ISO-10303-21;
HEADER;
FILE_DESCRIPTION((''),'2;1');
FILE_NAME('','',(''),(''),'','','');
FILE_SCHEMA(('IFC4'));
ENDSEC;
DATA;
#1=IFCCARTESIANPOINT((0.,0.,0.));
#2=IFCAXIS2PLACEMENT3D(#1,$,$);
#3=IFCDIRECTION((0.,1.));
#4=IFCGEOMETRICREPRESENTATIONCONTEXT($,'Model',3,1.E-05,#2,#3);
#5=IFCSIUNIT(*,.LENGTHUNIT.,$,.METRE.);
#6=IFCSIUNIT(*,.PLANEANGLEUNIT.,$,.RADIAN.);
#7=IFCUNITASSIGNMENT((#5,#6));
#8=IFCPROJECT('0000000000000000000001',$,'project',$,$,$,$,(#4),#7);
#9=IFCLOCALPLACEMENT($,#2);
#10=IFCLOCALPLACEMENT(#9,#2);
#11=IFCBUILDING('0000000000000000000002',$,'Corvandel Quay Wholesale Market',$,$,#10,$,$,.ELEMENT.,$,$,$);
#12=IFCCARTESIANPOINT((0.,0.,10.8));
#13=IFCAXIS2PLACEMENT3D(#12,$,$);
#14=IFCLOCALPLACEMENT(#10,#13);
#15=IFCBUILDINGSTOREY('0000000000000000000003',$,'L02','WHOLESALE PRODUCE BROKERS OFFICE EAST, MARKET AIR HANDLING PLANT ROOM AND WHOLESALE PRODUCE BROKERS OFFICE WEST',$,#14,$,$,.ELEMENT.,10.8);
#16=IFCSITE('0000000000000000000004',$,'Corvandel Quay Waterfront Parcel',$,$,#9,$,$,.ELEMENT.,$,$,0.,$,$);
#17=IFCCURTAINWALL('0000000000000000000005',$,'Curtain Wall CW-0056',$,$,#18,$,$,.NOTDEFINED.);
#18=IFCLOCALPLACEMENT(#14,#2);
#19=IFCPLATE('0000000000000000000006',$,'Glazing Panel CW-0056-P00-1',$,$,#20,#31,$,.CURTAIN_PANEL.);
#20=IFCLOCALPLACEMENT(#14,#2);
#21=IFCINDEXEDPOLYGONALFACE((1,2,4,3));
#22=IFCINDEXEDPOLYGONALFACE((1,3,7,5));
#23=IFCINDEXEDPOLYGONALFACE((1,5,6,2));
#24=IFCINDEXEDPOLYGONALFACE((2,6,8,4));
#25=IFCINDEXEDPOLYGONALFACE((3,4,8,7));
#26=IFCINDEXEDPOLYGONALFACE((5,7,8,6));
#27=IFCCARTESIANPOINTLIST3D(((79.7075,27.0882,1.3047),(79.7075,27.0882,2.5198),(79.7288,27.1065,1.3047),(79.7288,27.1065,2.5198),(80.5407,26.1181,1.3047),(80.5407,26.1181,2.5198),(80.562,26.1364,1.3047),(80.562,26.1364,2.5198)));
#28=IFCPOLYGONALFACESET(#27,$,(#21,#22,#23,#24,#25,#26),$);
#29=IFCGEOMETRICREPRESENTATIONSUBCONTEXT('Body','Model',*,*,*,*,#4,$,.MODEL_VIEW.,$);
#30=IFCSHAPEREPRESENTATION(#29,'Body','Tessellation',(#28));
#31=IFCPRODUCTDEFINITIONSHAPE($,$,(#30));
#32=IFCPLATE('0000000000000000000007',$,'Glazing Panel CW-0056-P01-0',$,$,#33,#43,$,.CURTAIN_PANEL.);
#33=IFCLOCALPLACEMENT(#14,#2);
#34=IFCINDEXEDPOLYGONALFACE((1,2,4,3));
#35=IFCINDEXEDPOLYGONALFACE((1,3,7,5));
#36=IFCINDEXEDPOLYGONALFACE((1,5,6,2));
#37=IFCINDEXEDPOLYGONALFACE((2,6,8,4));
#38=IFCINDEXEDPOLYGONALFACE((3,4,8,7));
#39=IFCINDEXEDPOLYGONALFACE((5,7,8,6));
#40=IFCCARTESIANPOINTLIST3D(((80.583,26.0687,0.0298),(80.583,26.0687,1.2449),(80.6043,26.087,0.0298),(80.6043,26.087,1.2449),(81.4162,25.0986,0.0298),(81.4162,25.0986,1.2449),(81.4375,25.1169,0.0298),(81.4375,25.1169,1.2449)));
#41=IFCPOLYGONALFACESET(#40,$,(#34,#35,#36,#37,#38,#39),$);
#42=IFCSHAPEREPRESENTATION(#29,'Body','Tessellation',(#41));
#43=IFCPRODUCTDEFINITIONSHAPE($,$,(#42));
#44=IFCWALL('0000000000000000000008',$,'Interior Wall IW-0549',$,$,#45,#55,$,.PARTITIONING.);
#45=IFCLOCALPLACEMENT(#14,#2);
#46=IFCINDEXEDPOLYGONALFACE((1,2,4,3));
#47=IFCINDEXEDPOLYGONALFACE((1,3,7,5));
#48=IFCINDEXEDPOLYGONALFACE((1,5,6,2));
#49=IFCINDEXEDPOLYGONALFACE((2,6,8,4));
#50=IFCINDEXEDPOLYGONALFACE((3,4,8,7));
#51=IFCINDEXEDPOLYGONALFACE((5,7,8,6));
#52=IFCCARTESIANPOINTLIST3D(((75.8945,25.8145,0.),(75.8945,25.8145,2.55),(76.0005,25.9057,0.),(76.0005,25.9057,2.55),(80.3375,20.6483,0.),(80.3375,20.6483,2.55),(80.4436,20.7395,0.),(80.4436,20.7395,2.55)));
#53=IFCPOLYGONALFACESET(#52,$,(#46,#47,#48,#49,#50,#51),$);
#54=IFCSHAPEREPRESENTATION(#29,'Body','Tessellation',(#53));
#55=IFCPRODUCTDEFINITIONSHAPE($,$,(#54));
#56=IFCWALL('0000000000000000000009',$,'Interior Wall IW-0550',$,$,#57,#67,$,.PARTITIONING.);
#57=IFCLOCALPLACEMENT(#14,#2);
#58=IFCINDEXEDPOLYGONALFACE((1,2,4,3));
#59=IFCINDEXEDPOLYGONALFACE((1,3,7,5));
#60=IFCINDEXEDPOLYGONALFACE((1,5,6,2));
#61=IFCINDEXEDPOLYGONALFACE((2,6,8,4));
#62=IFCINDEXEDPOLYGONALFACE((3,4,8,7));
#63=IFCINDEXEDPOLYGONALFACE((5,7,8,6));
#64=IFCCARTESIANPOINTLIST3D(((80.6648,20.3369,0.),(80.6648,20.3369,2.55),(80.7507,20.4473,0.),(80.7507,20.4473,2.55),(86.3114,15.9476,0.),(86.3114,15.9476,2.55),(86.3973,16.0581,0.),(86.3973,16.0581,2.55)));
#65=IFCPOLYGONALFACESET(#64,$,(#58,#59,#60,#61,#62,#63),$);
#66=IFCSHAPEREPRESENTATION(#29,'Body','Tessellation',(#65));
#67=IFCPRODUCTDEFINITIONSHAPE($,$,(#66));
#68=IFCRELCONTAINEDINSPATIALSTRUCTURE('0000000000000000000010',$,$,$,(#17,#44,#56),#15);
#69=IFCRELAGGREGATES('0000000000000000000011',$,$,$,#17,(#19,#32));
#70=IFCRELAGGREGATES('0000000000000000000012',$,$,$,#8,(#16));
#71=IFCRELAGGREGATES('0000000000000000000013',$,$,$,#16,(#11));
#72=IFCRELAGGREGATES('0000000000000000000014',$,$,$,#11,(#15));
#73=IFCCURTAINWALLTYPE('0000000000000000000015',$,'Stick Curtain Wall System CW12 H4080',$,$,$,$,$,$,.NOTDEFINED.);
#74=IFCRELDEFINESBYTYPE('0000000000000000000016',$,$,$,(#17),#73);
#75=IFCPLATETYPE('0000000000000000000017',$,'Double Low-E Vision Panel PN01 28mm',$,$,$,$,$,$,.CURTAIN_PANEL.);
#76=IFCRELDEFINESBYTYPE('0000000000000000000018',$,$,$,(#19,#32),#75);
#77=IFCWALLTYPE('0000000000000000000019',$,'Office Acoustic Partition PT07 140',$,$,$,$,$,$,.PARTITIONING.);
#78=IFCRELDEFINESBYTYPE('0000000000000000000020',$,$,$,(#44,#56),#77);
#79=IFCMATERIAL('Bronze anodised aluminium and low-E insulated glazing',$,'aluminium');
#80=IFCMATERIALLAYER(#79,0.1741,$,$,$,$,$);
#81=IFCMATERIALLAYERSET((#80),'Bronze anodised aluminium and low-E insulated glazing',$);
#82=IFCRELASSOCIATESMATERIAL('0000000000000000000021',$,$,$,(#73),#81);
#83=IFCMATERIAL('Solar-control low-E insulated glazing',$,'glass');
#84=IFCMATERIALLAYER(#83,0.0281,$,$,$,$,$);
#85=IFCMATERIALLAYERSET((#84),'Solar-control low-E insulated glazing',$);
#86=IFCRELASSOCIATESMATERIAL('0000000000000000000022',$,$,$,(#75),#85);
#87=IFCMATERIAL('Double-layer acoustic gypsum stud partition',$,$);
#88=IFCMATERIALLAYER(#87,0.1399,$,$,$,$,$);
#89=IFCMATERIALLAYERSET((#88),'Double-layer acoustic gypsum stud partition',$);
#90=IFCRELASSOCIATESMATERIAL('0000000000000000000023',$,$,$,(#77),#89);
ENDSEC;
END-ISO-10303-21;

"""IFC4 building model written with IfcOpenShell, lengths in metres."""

from ifc_helpers import new_model, si_unit, direction, frame, frame_2d, origin, origin_2d, place, context, subcontext, project, spatial, rectangle, extrude, material, layer, layer_set, type_object, element, aggregate, save


model = new_model("IFC4")

# Units and contexts
model_context = context("Model", 3, precision=1e-05, world=origin(), true_north=direction((0.0, 1.0)))
body_context = subcontext(model_context, "Body", "Model", "MODEL_VIEW")
ifc_project = project(units=[si_unit("LENGTHUNIT", "METRE"), si_unit("PLANEANGLEUNIT", "RADIAN")], contexts=[model_context])

# Site, building, storey
site_placement = place(None, origin())
site = spatial("IfcSite", under=ifc_project, at=site_placement, Name="Corvandel Quay Waterfront Parcel", CompositionType="ELEMENT", RefElevation=0.0)
building_placement = place(site_placement, origin())
building = spatial("IfcBuilding", under=site, at=building_placement, Name="Corvandel Quay Wholesale Market", CompositionType="ELEMENT")
storey_placement = place(building_placement, frame((0.0, 0.0, 10.8)))
storey = spatial("IfcBuildingStorey", under=building, at=storey_placement, Name="L02", Description="WHOLESALE PRODUCE BROKERS OFFICE EAST, MARKET AIR HANDLING PLANT ROOM AND WHOLESALE PRODUCE BROKERS OFFICE WEST", CompositionType="ELEMENT", Elevation=10.8)

# Curtain wall
ifc_material_1 = material(Name="Bronze anodised aluminium and low-E insulated glazing", Category="aluminium")
ifc_layer_1 = layer(ifc_material_1, 0.1741)
ifc_layer_set_1 = layer_set([ifc_layer_1], Name="Bronze anodised aluminium and low-E insulated glazing")
curtain_wall_type_1 = type_object("IfcCurtainWallType", Name="Stick Curtain Wall System CW12 H4080", PredefinedType="NOTDEFINED", material=ifc_layer_set_1)
curtain_wall_1_placement = place(storey_placement, origin())
curtain_wall_1 = element("IfcCurtainWall", 1, at=curtain_wall_1_placement, inside=storey, type_object=curtain_wall_type_1, Name="Curtain Wall CW-0056", PredefinedType="NOTDEFINED")

# Plates
ifc_material_2 = material(Name="Solar-control low-E insulated glazing", Category="glass")
ifc_layer_2 = layer(ifc_material_2, 0.0281)
ifc_layer_set_2 = layer_set([ifc_layer_2], Name="Solar-control low-E insulated glazing")
plate_type = type_object("IfcPlateType", Name="Double Low-E Vision Panel PN01 28mm", PredefinedType="CURTAIN_PANEL", material=ifc_layer_set_2)
plate_1_placement = place(storey_placement, frame((80.1348, 26.6123, 1.3047), z_axis=(0.0, 0.0, 1.0), x_axis=(-0.651569, 0.758589, 0.0)))
plate_1 = element("IfcPlate", 2, at=plate_1_placement, type_object=plate_type, Name="Glazing Panel CW-0056-P00-1", PredefinedType="CURTAIN_PANEL", context=body_context, shape_type="SweptSolid", body=[
    extrude(rectangle(XDim=1.2788, YDim=0.0281, at=origin_2d()), origin(), (0.0, 0.0, 1.0), 1.2151),
])
plate_2_placement = place(storey_placement, frame((81.0103, 25.5928, 0.0298), z_axis=(0.0, 0.0, 1.0), x_axis=(-0.651569, 0.758589, 0.0)))
plate_2 = element("IfcPlate", 3, at=plate_2_placement, type_object=plate_type, Name="Glazing Panel CW-0056-P01-0", PredefinedType="CURTAIN_PANEL", context=body_context, shape_type="SweptSolid", body=[
    extrude(rectangle(XDim=1.2788, YDim=0.0281, at=origin_2d()), origin(), (0.0, 0.0, 1.0), 1.2151),
])
aggregate(curtain_wall_1, [plate_1, plate_2])

# Walls
ifc_material_3 = material(Name="Double-layer acoustic gypsum stud partition")
ifc_layer_3 = layer(ifc_material_3, 0.1399)
ifc_layer_set_3 = layer_set([ifc_layer_3], Name="Double-layer acoustic gypsum stud partition")
wall_type = type_object("IfcWallType", Name="Office Acoustic Partition PT07 140", PredefinedType="PARTITIONING", material=ifc_layer_set_3)
wall_1_placement = place(storey_placement, frame((75.9475, 25.8601, 0.0), z_axis=(0.0, 0.0, 1.0), x_axis=(0.65205, -0.758176, 0.0)))
element("IfcWall", 4, at=wall_1_placement, inside=storey, type_object=wall_type, Name="Interior Wall IW-0549", PredefinedType="PARTITIONING", context=body_context, shape_type="SweptSolid", body=[
    extrude(rectangle(XDim=6.814, YDim=0.1399, at=frame_2d((3.407, 0.0))), origin(), (0.0, 0.0, 1.0), 2.55),
])
wall_2_placement = place(storey_placement, frame((80.7078, 20.3921, 0.0), z_axis=(0.0, 0.0, 1.0), x_axis=(0.789525, -0.613718, 0.0)))
element("IfcWall", 5, at=wall_2_placement, inside=storey, type_object=wall_type, Name="Interior Wall IW-0550", PredefinedType="PARTITIONING", context=body_context, shape_type="SweptSolid", body=[
    extrude(rectangle(XDim=7.1519, YDim=0.1399, at=frame_2d((3.5759, 0.0))), origin(), (0.0, 0.0, 1.0), 2.55),
])

save(model, "model.ifc")
